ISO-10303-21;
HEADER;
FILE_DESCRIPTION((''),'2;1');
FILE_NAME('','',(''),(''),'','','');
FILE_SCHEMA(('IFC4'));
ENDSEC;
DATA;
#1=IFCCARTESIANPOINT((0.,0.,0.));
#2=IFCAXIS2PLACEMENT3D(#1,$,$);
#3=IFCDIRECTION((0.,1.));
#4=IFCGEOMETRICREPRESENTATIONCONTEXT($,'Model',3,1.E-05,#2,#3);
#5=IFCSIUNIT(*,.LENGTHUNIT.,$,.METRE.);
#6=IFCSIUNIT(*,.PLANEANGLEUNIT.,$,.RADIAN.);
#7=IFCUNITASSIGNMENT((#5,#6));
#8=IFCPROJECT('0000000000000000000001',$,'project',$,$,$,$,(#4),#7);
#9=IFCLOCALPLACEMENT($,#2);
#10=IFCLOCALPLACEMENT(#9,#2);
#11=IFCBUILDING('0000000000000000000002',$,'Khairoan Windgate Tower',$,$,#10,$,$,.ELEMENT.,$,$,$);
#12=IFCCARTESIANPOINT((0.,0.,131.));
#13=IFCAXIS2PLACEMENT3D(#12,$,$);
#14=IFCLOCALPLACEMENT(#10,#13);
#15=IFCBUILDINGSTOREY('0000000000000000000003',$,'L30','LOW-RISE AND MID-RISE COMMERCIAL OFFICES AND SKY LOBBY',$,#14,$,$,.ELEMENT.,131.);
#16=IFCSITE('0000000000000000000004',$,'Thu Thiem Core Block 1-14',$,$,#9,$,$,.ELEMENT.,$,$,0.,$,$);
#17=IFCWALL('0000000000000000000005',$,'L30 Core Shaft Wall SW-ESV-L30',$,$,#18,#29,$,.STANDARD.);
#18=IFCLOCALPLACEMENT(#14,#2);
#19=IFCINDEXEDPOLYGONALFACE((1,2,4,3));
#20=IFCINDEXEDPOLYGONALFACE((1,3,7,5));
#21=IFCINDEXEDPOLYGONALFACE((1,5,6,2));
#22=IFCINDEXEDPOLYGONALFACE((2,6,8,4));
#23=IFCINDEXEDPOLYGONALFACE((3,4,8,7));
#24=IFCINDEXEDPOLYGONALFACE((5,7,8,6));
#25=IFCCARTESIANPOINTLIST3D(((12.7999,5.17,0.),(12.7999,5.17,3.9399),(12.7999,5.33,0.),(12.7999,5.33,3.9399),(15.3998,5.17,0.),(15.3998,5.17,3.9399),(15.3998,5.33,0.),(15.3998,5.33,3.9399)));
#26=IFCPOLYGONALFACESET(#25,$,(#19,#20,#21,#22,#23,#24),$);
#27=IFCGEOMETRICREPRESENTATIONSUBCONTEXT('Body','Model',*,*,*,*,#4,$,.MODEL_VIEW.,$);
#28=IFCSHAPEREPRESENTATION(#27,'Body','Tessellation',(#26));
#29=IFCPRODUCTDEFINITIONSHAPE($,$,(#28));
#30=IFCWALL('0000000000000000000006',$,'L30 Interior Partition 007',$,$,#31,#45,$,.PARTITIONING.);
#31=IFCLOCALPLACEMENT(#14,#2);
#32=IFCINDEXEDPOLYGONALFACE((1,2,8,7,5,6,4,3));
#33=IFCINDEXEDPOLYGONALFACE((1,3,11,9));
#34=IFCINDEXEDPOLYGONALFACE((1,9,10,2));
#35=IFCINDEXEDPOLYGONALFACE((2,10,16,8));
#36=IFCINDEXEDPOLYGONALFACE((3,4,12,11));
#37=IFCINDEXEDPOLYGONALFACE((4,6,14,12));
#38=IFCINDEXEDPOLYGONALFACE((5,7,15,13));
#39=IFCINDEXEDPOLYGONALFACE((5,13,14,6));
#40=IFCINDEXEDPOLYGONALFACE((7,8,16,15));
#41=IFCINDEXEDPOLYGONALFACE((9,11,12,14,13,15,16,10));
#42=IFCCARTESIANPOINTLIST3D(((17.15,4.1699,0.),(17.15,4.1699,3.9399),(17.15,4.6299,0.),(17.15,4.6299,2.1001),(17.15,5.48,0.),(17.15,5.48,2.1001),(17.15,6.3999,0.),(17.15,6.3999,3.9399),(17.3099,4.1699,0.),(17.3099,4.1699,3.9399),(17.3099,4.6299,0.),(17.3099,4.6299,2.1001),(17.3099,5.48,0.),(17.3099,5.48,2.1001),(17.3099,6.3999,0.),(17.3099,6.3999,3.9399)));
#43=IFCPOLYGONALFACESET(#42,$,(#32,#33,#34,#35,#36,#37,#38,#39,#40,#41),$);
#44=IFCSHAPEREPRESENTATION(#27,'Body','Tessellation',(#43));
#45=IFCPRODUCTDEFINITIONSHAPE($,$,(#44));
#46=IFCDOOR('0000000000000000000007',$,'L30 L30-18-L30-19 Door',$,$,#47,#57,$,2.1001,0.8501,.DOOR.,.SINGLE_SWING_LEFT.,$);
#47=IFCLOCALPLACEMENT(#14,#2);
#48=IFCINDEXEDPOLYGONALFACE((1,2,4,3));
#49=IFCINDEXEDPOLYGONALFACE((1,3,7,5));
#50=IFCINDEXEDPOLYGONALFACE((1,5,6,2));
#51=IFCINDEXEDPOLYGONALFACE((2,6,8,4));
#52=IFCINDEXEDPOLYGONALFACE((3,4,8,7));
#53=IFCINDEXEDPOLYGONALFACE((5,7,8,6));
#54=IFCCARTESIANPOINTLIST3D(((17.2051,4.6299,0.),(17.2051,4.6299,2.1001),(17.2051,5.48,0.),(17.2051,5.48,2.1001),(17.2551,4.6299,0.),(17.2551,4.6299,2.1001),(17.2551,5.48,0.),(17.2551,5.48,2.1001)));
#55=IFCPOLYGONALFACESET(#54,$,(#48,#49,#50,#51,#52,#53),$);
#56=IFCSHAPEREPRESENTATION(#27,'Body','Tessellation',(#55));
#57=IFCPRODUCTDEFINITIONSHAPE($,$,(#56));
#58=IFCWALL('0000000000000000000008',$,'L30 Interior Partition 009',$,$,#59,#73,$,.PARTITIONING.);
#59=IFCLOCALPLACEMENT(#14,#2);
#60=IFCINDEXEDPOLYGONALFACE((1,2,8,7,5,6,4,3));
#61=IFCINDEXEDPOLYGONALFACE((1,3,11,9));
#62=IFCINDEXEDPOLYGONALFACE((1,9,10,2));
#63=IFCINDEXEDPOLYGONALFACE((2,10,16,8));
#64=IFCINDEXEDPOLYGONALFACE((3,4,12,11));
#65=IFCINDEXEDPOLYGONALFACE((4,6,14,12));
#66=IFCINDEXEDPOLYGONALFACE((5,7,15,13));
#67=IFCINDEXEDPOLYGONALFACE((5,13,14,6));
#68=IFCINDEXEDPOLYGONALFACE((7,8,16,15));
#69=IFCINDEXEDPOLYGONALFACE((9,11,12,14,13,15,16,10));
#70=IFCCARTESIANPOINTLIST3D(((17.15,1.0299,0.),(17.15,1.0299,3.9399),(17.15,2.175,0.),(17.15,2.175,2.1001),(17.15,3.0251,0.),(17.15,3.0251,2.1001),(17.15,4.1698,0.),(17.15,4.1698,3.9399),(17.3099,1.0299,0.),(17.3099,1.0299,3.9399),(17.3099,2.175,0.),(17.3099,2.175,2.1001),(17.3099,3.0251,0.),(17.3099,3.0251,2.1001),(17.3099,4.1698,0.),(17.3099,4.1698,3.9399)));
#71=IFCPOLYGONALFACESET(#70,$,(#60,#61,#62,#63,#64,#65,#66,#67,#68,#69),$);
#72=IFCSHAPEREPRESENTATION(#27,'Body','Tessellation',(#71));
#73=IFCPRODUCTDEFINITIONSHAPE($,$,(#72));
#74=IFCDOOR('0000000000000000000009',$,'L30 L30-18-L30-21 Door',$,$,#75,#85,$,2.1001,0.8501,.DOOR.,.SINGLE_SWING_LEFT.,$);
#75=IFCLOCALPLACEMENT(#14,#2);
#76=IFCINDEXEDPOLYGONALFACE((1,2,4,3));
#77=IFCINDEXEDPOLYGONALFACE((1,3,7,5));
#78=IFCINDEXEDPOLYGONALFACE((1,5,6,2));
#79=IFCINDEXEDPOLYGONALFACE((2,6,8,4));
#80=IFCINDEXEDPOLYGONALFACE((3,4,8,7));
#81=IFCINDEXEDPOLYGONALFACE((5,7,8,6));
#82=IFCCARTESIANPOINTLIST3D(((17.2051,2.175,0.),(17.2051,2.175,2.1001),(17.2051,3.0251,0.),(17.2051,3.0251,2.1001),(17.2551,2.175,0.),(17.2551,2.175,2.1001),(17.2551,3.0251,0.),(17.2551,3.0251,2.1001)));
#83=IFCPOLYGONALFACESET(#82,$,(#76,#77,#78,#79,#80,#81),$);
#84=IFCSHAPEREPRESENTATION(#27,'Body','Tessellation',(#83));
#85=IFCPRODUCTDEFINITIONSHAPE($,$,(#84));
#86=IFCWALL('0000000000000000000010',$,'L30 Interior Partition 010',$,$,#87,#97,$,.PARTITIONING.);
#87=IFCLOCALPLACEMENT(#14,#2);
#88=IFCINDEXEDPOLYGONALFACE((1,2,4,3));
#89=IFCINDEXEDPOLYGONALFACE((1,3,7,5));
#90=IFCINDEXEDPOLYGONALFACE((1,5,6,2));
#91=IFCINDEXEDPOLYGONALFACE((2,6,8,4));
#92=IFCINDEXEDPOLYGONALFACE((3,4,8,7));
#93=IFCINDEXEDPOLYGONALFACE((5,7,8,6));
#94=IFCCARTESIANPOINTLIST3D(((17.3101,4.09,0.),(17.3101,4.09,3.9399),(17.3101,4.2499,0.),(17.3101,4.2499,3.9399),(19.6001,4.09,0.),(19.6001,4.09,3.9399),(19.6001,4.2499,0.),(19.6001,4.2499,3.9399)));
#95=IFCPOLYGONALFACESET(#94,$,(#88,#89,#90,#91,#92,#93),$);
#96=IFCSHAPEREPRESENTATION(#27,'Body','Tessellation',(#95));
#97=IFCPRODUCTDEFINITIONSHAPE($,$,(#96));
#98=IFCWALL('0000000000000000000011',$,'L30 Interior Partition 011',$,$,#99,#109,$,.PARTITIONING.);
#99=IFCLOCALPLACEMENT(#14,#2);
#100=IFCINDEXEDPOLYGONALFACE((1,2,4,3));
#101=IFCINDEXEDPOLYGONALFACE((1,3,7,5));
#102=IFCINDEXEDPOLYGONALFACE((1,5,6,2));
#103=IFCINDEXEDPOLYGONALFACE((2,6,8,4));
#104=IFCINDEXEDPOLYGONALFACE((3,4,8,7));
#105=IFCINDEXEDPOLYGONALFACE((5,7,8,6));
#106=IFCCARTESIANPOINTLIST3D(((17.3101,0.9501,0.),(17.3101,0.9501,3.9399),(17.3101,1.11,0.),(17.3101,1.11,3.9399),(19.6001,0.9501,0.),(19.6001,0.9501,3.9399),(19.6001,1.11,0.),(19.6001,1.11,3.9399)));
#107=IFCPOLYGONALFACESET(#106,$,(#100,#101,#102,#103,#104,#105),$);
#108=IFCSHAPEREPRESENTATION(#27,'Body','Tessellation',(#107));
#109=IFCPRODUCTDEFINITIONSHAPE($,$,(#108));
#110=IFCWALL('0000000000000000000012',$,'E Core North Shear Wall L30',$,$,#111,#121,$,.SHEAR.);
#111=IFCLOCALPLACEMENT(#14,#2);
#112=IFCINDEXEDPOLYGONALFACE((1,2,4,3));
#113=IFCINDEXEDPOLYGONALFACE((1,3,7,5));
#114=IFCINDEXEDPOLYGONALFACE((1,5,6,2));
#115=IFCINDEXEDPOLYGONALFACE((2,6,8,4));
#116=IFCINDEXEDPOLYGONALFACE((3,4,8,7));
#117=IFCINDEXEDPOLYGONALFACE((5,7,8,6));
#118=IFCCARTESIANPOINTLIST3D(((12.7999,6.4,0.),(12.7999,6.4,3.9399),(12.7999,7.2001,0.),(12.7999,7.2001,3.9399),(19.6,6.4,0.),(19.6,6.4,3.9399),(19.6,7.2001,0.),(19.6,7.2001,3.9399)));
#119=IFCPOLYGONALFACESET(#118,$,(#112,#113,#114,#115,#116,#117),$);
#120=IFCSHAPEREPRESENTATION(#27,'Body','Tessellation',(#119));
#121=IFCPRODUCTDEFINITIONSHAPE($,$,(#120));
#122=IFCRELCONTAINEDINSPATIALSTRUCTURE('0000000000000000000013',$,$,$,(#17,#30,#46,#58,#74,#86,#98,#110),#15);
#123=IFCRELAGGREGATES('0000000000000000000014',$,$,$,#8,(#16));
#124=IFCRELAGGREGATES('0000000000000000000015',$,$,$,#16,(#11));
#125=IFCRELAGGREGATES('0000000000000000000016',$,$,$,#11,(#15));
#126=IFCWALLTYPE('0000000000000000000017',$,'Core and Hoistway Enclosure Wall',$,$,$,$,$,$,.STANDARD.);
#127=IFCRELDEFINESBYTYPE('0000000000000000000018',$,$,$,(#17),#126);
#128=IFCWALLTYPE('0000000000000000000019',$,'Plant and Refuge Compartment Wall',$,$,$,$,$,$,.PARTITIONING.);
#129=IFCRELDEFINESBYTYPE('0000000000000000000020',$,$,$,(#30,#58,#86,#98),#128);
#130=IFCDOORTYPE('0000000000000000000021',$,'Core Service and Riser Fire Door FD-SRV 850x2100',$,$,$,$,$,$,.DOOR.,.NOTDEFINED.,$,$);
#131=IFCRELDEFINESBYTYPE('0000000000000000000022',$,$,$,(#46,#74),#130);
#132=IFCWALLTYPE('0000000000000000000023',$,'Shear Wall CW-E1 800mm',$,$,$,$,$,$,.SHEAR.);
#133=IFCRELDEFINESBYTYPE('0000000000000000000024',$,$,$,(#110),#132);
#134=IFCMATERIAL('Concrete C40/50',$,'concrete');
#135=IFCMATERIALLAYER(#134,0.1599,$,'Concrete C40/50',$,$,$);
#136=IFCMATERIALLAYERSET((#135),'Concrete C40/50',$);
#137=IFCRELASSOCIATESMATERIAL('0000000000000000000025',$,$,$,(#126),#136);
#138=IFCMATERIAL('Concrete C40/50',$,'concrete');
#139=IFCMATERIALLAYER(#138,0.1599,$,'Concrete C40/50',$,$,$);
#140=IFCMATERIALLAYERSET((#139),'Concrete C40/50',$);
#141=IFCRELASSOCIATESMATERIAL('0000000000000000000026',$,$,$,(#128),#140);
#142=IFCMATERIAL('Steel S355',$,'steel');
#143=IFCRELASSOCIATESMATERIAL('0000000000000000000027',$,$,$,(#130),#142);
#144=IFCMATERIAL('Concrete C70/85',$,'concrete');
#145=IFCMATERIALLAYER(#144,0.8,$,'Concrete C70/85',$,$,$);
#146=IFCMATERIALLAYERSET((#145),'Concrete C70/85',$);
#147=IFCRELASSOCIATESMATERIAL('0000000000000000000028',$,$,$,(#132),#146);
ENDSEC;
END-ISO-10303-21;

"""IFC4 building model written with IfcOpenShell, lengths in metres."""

from ifc_helpers import new_model, si_unit, direction, frame, frame_2d, origin, place, context, subcontext, project, spatial, rectangle, extrude, material, layer, layer_set, type_object, element, fill, save


model = new_model("IFC4")

# Units and contexts
model_context = context("Model", 3, precision=1e-05, world=origin(), true_north=direction((0.0, 1.0)))
body_context = subcontext(model_context, "Body", "Model", "MODEL_VIEW")
ifc_project = project(units=[si_unit("LENGTHUNIT", "METRE"), si_unit("PLANEANGLEUNIT", "RADIAN")], contexts=[model_context])

# Site, building, storey
site_placement = place(None, origin())
site = spatial("IfcSite", under=ifc_project, at=site_placement, Name="Thu Thiem Core Block 1-14", CompositionType="ELEMENT", RefElevation=0.0)
building_placement = place(site_placement, origin())
building = spatial("IfcBuilding", under=site, at=building_placement, Name="Khairoan Windgate Tower", CompositionType="ELEMENT")
storey_placement = place(building_placement, frame((0.0, 0.0, 131.0)))
storey = spatial("IfcBuildingStorey", under=building, at=storey_placement, Name="L30", Description="LOW-RISE AND MID-RISE COMMERCIAL OFFICES AND SKY LOBBY", CompositionType="ELEMENT", Elevation=131.0)

# Wall
ifc_material_1 = material(Name="Concrete C40/50", Category="concrete")
ifc_layer_1 = layer(ifc_material_1, 0.1599, Name="Concrete C40/50")
ifc_layer_set_1 = layer_set([ifc_layer_1], Name="Concrete C40/50")
wall_type_1 = type_object("IfcWallType", Name="Core and Hoistway Enclosure Wall", PredefinedType="STANDARD", material=ifc_layer_set_1)
wall_1_placement = place(storey_placement, frame((12.8, 5.25, 0.0), z_axis=(0.0, 0.0, 1.0), x_axis=(1.0, 0.0, 0.0)))
element("IfcWall", 1, at=wall_1_placement, inside=storey, type_object=wall_type_1, Name="L30 Core Shaft Wall SW-ESV-L30", PredefinedType="STANDARD", context=body_context, shape_type="SweptSolid", body=[
    extrude(rectangle(XDim=2.5999, YDim=0.1599, at=frame_2d((1.2998, 0.0))), origin(), (0.0, 0.0, 1.0), 3.9399),
])

# Walls, openings, doors
ifc_material_2 = material(Name="Concrete C40/50", Category="concrete")
ifc_layer_2 = layer(ifc_material_2, 0.1599, Name="Concrete C40/50")
ifc_layer_set_2 = layer_set([ifc_layer_2], Name="Concrete C40/50")
wall_type_2 = type_object("IfcWallType", Name="Plant and Refuge Compartment Wall", PredefinedType="PARTITIONING", material=ifc_layer_set_2)
wall_2_placement = place(storey_placement, frame((17.23, 4.1699, 0.0), z_axis=(0.0, 0.0, 1.0), x_axis=(0.0, 1.0, 0.0)))
wall_2 = element("IfcWall", 2, at=wall_2_placement, inside=storey, type_object=wall_type_2, Name="L30 Interior Partition 007", PredefinedType="PARTITIONING", context=body_context, shape_type="SweptSolid", body=[
    extrude(rectangle(XDim=2.23, YDim=0.1599, at=frame_2d((1.115, 0.0))), origin(), (0.0, 0.0, 1.0), 3.9399),
])
opening_1_placement = place(wall_2_placement, frame((0.46, 0.0, 0.0)))
opening_1 = element("IfcOpeningElement", 3, at=opening_1_placement, cuts=wall_2, PredefinedType="OPENING", context=body_context, shape_type="SweptSolid", body=[
    extrude(rectangle(XDim=0.8501, YDim=2.1001, at=frame_2d((0.425, 1.05))), frame((0.0, 0.0898, 0.0), z_axis=(0.0, -1.0, 0.0), x_axis=(1.0, 0.0, 0.0)), (0.0, 0.0, 1.0), 0.1799),
])
ifc_material_3 = material(Name="Steel S355", Category="steel")
door_type = type_object("IfcDoorType", Name="Core Service and Riser Fire Door FD-SRV 850x2100", OperationType="NOTDEFINED", PredefinedType="DOOR", material=ifc_material_3)
door_1_placement = place(opening_1_placement, origin())
door_1 = element("IfcDoor", 4, at=door_1_placement, inside=storey, type_object=door_type, Name="L30 L30-18-L30-19 Door", OperationType="SINGLE_SWING_LEFT", OverallHeight=2.1001, OverallWidth=0.8501, PredefinedType="DOOR", context=body_context, shape_type="SweptSolid", body=[
    extrude(rectangle(XDim=0.8501, YDim=2.1001, at=frame_2d((0.425, 1.05))), frame((0.0, 0.0249, 0.0), z_axis=(0.0, -1.0, 0.0), x_axis=(1.0, 0.0, 0.0)), (0.0, 0.0, 1.0), 0.05),
])
fill(opening_1, door_1)
wall_3_placement = place(storey_placement, frame((17.23, 1.03, 0.0), z_axis=(0.0, 0.0, 1.0), x_axis=(0.0, 1.0, 0.0)))
wall_3 = element("IfcWall", 5, at=wall_3_placement, inside=storey, type_object=wall_type_2, Name="L30 Interior Partition 009", PredefinedType="PARTITIONING", context=body_context, shape_type="SweptSolid", body=[
    extrude(rectangle(XDim=3.1399, YDim=0.1599, at=frame_2d((1.5698, 0.0))), origin(), (0.0, 0.0, 1.0), 3.9399),
])
opening_2_placement = place(wall_3_placement, frame((1.145, 0.0, 0.0)))
opening_2 = element("IfcOpeningElement", 6, at=opening_2_placement, cuts=wall_3, PredefinedType="OPENING", context=body_context, shape_type="SweptSolid", body=[
    extrude(rectangle(XDim=0.8501, YDim=2.1001, at=frame_2d((0.425, 1.05))), frame((0.0, 0.0898, 0.0), z_axis=(0.0, -1.0, 0.0), x_axis=(1.0, 0.0, 0.0)), (0.0, 0.0, 1.0), 0.1799),
])
door_2_placement = place(opening_2_placement, origin())
door_2 = element("IfcDoor", 7, at=door_2_placement, inside=storey, type_object=door_type, Name="L30 L30-18-L30-21 Door", OperationType="SINGLE_SWING_LEFT", OverallHeight=2.1001, OverallWidth=0.8501, PredefinedType="DOOR", context=body_context, shape_type="SweptSolid", body=[
    extrude(rectangle(XDim=0.8501, YDim=2.1001, at=frame_2d((0.425, 1.05))), frame((0.0, 0.0249, 0.0), z_axis=(0.0, -1.0, 0.0), x_axis=(1.0, 0.0, 0.0)), (0.0, 0.0, 1.0), 0.05),
])
fill(opening_2, door_2)

# Walls
for number, where, z_axis, x_axis, name in (
    (8, (17.3101, 4.1699, 0.0), (0.0, 0.0, 1.0), (1.0, 0.0, 0.0), "L30 Interior Partition 010"),
    (9, (17.3101, 1.03, 0.0), (0.0, 0.0, 1.0), (1.0, 0.0, 0.0), "L30 Interior Partition 011"),
):
    element("IfcWall", number, at=place(storey_placement, frame(where, z_axis=z_axis, x_axis=x_axis)), inside=storey, type_object=wall_type_2, Name=name, PredefinedType="PARTITIONING", context=body_context, shape_type="SweptSolid", body=[
        extrude(rectangle(XDim=2.29, YDim=0.1599, at=frame_2d((1.145, 0.0))), origin(), (0.0, 0.0, 1.0), 3.9399),
    ])
ifc_material_4 = material(Name="Concrete C70/85", Category="concrete")
ifc_layer_3 = layer(ifc_material_4, 0.8, Name="Concrete C70/85")
ifc_layer_set_3 = layer_set([ifc_layer_3], Name="Concrete C70/85")
wall_type_3 = type_object("IfcWallType", Name="Shear Wall CW-E1 800mm", PredefinedType="SHEAR", material=ifc_layer_set_3)
wall_4_placement = place(storey_placement, frame((12.8, 6.8, 0.0), z_axis=(0.0, 0.0, 1.0), x_axis=(1.0, 0.0, 0.0)))
element("IfcWall", 10, at=wall_4_placement, inside=storey, type_object=wall_type_3, Name="E Core North Shear Wall L30", PredefinedType="SHEAR", context=body_context, shape_type="SweptSolid", body=[
    extrude(rectangle(XDim=6.8, YDim=0.8, at=frame_2d((3.3999, 0.0))), origin(), (0.0, 0.0, 1.0), 3.9399),
])

save(model, "model.ifc")
